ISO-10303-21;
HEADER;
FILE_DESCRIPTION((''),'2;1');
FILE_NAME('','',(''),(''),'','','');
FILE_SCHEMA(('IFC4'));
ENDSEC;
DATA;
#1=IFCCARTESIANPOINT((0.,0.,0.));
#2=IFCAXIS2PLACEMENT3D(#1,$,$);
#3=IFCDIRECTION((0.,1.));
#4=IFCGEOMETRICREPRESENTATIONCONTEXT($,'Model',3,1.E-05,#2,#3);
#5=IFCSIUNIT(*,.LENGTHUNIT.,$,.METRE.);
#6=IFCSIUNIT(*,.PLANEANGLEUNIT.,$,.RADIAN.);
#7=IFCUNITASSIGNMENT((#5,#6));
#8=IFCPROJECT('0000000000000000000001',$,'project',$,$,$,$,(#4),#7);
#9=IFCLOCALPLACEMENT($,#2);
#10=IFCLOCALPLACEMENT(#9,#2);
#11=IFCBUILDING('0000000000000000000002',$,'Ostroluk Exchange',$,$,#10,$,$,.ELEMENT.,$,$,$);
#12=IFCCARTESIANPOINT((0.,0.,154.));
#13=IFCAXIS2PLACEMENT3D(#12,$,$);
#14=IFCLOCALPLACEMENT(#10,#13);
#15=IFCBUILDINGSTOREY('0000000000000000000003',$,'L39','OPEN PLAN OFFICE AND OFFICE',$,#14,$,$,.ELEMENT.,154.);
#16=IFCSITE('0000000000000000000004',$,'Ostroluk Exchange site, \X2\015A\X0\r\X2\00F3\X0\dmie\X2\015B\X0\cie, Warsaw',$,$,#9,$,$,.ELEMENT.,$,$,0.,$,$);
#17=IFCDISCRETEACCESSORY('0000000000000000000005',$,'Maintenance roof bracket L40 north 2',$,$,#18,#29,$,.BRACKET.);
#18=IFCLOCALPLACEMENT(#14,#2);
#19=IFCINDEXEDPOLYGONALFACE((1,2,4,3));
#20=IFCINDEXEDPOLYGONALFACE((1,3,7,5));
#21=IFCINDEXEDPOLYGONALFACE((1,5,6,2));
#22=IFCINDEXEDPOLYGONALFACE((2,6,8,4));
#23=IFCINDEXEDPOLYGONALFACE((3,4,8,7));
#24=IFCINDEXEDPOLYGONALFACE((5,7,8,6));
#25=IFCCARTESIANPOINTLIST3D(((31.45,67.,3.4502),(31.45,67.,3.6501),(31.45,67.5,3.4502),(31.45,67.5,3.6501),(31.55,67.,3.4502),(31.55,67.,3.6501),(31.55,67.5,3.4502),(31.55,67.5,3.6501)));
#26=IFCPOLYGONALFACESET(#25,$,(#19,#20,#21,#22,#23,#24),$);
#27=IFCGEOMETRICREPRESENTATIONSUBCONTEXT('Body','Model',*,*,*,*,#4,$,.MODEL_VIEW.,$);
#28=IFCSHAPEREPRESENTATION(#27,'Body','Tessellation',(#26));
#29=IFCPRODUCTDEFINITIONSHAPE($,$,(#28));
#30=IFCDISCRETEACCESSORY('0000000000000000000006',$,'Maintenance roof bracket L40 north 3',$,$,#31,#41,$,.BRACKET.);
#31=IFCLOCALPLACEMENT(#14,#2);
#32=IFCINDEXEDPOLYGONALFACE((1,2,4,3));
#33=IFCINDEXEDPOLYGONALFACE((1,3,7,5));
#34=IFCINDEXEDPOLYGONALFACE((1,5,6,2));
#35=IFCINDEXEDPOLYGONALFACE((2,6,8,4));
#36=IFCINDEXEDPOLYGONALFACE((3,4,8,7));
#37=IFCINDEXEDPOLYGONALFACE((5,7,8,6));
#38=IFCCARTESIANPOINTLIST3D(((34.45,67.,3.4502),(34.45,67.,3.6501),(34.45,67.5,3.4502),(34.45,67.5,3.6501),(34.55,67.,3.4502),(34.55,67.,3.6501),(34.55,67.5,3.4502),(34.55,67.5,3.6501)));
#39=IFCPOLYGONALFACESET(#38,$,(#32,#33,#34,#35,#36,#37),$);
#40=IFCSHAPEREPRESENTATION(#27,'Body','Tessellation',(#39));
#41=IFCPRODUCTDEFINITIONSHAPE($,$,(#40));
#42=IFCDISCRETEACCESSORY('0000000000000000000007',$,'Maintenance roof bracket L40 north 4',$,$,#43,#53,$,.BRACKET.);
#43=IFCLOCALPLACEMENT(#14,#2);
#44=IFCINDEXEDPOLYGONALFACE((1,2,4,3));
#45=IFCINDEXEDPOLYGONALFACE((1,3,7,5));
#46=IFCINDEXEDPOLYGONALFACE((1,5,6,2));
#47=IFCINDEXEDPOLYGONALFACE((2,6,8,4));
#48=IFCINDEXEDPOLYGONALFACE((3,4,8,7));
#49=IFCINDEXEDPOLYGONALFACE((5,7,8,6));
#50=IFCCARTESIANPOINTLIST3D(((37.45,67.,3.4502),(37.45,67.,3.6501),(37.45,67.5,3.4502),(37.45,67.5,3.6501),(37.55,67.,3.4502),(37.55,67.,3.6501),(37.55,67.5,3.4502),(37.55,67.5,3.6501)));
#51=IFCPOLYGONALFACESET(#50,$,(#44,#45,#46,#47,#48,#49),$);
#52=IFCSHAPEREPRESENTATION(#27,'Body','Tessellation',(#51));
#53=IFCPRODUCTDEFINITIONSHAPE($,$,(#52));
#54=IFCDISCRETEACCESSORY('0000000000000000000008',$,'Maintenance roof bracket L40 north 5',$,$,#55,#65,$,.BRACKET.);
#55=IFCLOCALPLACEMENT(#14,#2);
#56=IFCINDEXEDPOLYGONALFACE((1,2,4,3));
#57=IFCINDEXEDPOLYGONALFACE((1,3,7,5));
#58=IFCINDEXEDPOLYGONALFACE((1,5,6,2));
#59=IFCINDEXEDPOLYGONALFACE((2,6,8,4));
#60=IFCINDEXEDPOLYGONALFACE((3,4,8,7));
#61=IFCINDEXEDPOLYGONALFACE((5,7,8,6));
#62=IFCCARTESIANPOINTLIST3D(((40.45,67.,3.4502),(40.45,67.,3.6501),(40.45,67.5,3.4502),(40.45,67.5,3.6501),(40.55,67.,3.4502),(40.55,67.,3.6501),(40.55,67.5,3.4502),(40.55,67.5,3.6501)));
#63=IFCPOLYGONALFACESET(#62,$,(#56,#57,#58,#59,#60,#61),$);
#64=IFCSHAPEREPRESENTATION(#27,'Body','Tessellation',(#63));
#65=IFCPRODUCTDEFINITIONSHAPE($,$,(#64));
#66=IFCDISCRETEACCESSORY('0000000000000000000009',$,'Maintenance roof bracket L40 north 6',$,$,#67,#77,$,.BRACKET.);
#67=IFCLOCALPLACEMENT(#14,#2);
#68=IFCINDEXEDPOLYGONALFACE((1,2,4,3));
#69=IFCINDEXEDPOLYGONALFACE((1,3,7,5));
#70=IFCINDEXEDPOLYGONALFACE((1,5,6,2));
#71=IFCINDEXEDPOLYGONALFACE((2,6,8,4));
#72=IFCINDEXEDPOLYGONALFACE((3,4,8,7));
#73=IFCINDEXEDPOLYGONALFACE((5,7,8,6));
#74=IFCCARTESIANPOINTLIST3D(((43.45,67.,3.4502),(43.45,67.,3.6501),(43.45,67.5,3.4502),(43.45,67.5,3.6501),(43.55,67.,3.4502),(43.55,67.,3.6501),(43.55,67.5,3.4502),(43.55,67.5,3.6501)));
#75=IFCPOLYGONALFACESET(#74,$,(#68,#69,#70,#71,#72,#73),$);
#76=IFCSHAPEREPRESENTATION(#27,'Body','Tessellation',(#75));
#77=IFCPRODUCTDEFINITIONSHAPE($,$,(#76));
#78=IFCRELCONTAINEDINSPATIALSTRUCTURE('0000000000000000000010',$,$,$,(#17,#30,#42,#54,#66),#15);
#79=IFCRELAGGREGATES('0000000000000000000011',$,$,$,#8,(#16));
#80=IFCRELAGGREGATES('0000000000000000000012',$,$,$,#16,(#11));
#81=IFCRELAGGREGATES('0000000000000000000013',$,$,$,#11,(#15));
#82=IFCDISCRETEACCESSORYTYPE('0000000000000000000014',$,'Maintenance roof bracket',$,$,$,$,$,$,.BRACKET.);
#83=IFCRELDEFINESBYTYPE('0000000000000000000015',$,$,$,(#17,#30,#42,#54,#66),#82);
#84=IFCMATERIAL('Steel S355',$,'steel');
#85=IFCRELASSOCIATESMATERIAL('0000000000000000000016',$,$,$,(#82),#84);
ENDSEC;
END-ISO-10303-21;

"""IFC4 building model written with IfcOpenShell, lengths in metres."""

from ifc_helpers import new_model, si_unit, direction, frame, origin, origin_2d, place, context, subcontext, project, spatial, rectangle, extrude, material, type_object, element, save


model = new_model("IFC4")

# Units and contexts
model_context = context("Model", 3, precision=1e-05, world=origin(), true_north=direction((0.0, 1.0)))
body_context = subcontext(model_context, "Body", "Model", "MODEL_VIEW")
ifc_project = project(units=[si_unit("LENGTHUNIT", "METRE"), si_unit("PLANEANGLEUNIT", "RADIAN")], contexts=[model_context])

# Site, building, storey
site_placement = place(None, origin())
site = spatial("IfcSite", under=ifc_project, at=site_placement, Name="Ostroluk Exchange site, Śródmieście, Warsaw", CompositionType="ELEMENT", RefElevation=0.0)
building_placement = place(site_placement, origin())
building = spatial("IfcBuilding", under=site, at=building_placement, Name="Ostroluk Exchange", CompositionType="ELEMENT")
storey_placement = place(building_placement, frame((0.0, 0.0, 154.0)))
storey = spatial("IfcBuildingStorey", under=building, at=storey_placement, Name="L39", Description="OPEN PLAN OFFICE AND OFFICE", CompositionType="ELEMENT", Elevation=154.0)

# Discrete accessories
ifc_material_1 = material(Name="Steel S355", Category="steel")
discrete_accessory_type = type_object("IfcDiscreteAccessoryType", Name="Maintenance roof bracket", PredefinedType="BRACKET", material=ifc_material_1)
for number, where, z_axis, x_axis, name in (
    (1, (31.5, 67.25, 3.4502), (0.0, 0.0, 1.0), (1.0, 0.0, 0.0), "Maintenance roof bracket L40 north 2"),
    (2, (34.5, 67.25, 3.4502), (0.0, 0.0, 1.0), (1.0, 0.0, 0.0), "Maintenance roof bracket L40 north 3"),
    (3, (37.5, 67.25, 3.4502), (0.0, 0.0, 1.0), (1.0, 0.0, 0.0), "Maintenance roof bracket L40 north 4"),
    (4, (40.5, 67.25, 3.4502), (0.0, 0.0, 1.0), (1.0, 0.0, 0.0), "Maintenance roof bracket L40 north 5"),
    (5, (43.5, 67.25, 3.4502), (0.0, 0.0, 1.0), (1.0, 0.0, 0.0), "Maintenance roof bracket L40 north 6"),
):
    element("IfcDiscreteAccessory", number, at=place(storey_placement, frame(where, z_axis=z_axis, x_axis=x_axis)), inside=storey, type_object=discrete_accessory_type, Name=name, PredefinedType="BRACKET", context=body_context, shape_type="SweptSolid", body=[
        extrude(rectangle(XDim=0.1001, YDim=0.5, at=origin_2d()), origin(), (0.0, 0.0, 1.0), 0.2),
    ])

save(model, "model.ifc")
